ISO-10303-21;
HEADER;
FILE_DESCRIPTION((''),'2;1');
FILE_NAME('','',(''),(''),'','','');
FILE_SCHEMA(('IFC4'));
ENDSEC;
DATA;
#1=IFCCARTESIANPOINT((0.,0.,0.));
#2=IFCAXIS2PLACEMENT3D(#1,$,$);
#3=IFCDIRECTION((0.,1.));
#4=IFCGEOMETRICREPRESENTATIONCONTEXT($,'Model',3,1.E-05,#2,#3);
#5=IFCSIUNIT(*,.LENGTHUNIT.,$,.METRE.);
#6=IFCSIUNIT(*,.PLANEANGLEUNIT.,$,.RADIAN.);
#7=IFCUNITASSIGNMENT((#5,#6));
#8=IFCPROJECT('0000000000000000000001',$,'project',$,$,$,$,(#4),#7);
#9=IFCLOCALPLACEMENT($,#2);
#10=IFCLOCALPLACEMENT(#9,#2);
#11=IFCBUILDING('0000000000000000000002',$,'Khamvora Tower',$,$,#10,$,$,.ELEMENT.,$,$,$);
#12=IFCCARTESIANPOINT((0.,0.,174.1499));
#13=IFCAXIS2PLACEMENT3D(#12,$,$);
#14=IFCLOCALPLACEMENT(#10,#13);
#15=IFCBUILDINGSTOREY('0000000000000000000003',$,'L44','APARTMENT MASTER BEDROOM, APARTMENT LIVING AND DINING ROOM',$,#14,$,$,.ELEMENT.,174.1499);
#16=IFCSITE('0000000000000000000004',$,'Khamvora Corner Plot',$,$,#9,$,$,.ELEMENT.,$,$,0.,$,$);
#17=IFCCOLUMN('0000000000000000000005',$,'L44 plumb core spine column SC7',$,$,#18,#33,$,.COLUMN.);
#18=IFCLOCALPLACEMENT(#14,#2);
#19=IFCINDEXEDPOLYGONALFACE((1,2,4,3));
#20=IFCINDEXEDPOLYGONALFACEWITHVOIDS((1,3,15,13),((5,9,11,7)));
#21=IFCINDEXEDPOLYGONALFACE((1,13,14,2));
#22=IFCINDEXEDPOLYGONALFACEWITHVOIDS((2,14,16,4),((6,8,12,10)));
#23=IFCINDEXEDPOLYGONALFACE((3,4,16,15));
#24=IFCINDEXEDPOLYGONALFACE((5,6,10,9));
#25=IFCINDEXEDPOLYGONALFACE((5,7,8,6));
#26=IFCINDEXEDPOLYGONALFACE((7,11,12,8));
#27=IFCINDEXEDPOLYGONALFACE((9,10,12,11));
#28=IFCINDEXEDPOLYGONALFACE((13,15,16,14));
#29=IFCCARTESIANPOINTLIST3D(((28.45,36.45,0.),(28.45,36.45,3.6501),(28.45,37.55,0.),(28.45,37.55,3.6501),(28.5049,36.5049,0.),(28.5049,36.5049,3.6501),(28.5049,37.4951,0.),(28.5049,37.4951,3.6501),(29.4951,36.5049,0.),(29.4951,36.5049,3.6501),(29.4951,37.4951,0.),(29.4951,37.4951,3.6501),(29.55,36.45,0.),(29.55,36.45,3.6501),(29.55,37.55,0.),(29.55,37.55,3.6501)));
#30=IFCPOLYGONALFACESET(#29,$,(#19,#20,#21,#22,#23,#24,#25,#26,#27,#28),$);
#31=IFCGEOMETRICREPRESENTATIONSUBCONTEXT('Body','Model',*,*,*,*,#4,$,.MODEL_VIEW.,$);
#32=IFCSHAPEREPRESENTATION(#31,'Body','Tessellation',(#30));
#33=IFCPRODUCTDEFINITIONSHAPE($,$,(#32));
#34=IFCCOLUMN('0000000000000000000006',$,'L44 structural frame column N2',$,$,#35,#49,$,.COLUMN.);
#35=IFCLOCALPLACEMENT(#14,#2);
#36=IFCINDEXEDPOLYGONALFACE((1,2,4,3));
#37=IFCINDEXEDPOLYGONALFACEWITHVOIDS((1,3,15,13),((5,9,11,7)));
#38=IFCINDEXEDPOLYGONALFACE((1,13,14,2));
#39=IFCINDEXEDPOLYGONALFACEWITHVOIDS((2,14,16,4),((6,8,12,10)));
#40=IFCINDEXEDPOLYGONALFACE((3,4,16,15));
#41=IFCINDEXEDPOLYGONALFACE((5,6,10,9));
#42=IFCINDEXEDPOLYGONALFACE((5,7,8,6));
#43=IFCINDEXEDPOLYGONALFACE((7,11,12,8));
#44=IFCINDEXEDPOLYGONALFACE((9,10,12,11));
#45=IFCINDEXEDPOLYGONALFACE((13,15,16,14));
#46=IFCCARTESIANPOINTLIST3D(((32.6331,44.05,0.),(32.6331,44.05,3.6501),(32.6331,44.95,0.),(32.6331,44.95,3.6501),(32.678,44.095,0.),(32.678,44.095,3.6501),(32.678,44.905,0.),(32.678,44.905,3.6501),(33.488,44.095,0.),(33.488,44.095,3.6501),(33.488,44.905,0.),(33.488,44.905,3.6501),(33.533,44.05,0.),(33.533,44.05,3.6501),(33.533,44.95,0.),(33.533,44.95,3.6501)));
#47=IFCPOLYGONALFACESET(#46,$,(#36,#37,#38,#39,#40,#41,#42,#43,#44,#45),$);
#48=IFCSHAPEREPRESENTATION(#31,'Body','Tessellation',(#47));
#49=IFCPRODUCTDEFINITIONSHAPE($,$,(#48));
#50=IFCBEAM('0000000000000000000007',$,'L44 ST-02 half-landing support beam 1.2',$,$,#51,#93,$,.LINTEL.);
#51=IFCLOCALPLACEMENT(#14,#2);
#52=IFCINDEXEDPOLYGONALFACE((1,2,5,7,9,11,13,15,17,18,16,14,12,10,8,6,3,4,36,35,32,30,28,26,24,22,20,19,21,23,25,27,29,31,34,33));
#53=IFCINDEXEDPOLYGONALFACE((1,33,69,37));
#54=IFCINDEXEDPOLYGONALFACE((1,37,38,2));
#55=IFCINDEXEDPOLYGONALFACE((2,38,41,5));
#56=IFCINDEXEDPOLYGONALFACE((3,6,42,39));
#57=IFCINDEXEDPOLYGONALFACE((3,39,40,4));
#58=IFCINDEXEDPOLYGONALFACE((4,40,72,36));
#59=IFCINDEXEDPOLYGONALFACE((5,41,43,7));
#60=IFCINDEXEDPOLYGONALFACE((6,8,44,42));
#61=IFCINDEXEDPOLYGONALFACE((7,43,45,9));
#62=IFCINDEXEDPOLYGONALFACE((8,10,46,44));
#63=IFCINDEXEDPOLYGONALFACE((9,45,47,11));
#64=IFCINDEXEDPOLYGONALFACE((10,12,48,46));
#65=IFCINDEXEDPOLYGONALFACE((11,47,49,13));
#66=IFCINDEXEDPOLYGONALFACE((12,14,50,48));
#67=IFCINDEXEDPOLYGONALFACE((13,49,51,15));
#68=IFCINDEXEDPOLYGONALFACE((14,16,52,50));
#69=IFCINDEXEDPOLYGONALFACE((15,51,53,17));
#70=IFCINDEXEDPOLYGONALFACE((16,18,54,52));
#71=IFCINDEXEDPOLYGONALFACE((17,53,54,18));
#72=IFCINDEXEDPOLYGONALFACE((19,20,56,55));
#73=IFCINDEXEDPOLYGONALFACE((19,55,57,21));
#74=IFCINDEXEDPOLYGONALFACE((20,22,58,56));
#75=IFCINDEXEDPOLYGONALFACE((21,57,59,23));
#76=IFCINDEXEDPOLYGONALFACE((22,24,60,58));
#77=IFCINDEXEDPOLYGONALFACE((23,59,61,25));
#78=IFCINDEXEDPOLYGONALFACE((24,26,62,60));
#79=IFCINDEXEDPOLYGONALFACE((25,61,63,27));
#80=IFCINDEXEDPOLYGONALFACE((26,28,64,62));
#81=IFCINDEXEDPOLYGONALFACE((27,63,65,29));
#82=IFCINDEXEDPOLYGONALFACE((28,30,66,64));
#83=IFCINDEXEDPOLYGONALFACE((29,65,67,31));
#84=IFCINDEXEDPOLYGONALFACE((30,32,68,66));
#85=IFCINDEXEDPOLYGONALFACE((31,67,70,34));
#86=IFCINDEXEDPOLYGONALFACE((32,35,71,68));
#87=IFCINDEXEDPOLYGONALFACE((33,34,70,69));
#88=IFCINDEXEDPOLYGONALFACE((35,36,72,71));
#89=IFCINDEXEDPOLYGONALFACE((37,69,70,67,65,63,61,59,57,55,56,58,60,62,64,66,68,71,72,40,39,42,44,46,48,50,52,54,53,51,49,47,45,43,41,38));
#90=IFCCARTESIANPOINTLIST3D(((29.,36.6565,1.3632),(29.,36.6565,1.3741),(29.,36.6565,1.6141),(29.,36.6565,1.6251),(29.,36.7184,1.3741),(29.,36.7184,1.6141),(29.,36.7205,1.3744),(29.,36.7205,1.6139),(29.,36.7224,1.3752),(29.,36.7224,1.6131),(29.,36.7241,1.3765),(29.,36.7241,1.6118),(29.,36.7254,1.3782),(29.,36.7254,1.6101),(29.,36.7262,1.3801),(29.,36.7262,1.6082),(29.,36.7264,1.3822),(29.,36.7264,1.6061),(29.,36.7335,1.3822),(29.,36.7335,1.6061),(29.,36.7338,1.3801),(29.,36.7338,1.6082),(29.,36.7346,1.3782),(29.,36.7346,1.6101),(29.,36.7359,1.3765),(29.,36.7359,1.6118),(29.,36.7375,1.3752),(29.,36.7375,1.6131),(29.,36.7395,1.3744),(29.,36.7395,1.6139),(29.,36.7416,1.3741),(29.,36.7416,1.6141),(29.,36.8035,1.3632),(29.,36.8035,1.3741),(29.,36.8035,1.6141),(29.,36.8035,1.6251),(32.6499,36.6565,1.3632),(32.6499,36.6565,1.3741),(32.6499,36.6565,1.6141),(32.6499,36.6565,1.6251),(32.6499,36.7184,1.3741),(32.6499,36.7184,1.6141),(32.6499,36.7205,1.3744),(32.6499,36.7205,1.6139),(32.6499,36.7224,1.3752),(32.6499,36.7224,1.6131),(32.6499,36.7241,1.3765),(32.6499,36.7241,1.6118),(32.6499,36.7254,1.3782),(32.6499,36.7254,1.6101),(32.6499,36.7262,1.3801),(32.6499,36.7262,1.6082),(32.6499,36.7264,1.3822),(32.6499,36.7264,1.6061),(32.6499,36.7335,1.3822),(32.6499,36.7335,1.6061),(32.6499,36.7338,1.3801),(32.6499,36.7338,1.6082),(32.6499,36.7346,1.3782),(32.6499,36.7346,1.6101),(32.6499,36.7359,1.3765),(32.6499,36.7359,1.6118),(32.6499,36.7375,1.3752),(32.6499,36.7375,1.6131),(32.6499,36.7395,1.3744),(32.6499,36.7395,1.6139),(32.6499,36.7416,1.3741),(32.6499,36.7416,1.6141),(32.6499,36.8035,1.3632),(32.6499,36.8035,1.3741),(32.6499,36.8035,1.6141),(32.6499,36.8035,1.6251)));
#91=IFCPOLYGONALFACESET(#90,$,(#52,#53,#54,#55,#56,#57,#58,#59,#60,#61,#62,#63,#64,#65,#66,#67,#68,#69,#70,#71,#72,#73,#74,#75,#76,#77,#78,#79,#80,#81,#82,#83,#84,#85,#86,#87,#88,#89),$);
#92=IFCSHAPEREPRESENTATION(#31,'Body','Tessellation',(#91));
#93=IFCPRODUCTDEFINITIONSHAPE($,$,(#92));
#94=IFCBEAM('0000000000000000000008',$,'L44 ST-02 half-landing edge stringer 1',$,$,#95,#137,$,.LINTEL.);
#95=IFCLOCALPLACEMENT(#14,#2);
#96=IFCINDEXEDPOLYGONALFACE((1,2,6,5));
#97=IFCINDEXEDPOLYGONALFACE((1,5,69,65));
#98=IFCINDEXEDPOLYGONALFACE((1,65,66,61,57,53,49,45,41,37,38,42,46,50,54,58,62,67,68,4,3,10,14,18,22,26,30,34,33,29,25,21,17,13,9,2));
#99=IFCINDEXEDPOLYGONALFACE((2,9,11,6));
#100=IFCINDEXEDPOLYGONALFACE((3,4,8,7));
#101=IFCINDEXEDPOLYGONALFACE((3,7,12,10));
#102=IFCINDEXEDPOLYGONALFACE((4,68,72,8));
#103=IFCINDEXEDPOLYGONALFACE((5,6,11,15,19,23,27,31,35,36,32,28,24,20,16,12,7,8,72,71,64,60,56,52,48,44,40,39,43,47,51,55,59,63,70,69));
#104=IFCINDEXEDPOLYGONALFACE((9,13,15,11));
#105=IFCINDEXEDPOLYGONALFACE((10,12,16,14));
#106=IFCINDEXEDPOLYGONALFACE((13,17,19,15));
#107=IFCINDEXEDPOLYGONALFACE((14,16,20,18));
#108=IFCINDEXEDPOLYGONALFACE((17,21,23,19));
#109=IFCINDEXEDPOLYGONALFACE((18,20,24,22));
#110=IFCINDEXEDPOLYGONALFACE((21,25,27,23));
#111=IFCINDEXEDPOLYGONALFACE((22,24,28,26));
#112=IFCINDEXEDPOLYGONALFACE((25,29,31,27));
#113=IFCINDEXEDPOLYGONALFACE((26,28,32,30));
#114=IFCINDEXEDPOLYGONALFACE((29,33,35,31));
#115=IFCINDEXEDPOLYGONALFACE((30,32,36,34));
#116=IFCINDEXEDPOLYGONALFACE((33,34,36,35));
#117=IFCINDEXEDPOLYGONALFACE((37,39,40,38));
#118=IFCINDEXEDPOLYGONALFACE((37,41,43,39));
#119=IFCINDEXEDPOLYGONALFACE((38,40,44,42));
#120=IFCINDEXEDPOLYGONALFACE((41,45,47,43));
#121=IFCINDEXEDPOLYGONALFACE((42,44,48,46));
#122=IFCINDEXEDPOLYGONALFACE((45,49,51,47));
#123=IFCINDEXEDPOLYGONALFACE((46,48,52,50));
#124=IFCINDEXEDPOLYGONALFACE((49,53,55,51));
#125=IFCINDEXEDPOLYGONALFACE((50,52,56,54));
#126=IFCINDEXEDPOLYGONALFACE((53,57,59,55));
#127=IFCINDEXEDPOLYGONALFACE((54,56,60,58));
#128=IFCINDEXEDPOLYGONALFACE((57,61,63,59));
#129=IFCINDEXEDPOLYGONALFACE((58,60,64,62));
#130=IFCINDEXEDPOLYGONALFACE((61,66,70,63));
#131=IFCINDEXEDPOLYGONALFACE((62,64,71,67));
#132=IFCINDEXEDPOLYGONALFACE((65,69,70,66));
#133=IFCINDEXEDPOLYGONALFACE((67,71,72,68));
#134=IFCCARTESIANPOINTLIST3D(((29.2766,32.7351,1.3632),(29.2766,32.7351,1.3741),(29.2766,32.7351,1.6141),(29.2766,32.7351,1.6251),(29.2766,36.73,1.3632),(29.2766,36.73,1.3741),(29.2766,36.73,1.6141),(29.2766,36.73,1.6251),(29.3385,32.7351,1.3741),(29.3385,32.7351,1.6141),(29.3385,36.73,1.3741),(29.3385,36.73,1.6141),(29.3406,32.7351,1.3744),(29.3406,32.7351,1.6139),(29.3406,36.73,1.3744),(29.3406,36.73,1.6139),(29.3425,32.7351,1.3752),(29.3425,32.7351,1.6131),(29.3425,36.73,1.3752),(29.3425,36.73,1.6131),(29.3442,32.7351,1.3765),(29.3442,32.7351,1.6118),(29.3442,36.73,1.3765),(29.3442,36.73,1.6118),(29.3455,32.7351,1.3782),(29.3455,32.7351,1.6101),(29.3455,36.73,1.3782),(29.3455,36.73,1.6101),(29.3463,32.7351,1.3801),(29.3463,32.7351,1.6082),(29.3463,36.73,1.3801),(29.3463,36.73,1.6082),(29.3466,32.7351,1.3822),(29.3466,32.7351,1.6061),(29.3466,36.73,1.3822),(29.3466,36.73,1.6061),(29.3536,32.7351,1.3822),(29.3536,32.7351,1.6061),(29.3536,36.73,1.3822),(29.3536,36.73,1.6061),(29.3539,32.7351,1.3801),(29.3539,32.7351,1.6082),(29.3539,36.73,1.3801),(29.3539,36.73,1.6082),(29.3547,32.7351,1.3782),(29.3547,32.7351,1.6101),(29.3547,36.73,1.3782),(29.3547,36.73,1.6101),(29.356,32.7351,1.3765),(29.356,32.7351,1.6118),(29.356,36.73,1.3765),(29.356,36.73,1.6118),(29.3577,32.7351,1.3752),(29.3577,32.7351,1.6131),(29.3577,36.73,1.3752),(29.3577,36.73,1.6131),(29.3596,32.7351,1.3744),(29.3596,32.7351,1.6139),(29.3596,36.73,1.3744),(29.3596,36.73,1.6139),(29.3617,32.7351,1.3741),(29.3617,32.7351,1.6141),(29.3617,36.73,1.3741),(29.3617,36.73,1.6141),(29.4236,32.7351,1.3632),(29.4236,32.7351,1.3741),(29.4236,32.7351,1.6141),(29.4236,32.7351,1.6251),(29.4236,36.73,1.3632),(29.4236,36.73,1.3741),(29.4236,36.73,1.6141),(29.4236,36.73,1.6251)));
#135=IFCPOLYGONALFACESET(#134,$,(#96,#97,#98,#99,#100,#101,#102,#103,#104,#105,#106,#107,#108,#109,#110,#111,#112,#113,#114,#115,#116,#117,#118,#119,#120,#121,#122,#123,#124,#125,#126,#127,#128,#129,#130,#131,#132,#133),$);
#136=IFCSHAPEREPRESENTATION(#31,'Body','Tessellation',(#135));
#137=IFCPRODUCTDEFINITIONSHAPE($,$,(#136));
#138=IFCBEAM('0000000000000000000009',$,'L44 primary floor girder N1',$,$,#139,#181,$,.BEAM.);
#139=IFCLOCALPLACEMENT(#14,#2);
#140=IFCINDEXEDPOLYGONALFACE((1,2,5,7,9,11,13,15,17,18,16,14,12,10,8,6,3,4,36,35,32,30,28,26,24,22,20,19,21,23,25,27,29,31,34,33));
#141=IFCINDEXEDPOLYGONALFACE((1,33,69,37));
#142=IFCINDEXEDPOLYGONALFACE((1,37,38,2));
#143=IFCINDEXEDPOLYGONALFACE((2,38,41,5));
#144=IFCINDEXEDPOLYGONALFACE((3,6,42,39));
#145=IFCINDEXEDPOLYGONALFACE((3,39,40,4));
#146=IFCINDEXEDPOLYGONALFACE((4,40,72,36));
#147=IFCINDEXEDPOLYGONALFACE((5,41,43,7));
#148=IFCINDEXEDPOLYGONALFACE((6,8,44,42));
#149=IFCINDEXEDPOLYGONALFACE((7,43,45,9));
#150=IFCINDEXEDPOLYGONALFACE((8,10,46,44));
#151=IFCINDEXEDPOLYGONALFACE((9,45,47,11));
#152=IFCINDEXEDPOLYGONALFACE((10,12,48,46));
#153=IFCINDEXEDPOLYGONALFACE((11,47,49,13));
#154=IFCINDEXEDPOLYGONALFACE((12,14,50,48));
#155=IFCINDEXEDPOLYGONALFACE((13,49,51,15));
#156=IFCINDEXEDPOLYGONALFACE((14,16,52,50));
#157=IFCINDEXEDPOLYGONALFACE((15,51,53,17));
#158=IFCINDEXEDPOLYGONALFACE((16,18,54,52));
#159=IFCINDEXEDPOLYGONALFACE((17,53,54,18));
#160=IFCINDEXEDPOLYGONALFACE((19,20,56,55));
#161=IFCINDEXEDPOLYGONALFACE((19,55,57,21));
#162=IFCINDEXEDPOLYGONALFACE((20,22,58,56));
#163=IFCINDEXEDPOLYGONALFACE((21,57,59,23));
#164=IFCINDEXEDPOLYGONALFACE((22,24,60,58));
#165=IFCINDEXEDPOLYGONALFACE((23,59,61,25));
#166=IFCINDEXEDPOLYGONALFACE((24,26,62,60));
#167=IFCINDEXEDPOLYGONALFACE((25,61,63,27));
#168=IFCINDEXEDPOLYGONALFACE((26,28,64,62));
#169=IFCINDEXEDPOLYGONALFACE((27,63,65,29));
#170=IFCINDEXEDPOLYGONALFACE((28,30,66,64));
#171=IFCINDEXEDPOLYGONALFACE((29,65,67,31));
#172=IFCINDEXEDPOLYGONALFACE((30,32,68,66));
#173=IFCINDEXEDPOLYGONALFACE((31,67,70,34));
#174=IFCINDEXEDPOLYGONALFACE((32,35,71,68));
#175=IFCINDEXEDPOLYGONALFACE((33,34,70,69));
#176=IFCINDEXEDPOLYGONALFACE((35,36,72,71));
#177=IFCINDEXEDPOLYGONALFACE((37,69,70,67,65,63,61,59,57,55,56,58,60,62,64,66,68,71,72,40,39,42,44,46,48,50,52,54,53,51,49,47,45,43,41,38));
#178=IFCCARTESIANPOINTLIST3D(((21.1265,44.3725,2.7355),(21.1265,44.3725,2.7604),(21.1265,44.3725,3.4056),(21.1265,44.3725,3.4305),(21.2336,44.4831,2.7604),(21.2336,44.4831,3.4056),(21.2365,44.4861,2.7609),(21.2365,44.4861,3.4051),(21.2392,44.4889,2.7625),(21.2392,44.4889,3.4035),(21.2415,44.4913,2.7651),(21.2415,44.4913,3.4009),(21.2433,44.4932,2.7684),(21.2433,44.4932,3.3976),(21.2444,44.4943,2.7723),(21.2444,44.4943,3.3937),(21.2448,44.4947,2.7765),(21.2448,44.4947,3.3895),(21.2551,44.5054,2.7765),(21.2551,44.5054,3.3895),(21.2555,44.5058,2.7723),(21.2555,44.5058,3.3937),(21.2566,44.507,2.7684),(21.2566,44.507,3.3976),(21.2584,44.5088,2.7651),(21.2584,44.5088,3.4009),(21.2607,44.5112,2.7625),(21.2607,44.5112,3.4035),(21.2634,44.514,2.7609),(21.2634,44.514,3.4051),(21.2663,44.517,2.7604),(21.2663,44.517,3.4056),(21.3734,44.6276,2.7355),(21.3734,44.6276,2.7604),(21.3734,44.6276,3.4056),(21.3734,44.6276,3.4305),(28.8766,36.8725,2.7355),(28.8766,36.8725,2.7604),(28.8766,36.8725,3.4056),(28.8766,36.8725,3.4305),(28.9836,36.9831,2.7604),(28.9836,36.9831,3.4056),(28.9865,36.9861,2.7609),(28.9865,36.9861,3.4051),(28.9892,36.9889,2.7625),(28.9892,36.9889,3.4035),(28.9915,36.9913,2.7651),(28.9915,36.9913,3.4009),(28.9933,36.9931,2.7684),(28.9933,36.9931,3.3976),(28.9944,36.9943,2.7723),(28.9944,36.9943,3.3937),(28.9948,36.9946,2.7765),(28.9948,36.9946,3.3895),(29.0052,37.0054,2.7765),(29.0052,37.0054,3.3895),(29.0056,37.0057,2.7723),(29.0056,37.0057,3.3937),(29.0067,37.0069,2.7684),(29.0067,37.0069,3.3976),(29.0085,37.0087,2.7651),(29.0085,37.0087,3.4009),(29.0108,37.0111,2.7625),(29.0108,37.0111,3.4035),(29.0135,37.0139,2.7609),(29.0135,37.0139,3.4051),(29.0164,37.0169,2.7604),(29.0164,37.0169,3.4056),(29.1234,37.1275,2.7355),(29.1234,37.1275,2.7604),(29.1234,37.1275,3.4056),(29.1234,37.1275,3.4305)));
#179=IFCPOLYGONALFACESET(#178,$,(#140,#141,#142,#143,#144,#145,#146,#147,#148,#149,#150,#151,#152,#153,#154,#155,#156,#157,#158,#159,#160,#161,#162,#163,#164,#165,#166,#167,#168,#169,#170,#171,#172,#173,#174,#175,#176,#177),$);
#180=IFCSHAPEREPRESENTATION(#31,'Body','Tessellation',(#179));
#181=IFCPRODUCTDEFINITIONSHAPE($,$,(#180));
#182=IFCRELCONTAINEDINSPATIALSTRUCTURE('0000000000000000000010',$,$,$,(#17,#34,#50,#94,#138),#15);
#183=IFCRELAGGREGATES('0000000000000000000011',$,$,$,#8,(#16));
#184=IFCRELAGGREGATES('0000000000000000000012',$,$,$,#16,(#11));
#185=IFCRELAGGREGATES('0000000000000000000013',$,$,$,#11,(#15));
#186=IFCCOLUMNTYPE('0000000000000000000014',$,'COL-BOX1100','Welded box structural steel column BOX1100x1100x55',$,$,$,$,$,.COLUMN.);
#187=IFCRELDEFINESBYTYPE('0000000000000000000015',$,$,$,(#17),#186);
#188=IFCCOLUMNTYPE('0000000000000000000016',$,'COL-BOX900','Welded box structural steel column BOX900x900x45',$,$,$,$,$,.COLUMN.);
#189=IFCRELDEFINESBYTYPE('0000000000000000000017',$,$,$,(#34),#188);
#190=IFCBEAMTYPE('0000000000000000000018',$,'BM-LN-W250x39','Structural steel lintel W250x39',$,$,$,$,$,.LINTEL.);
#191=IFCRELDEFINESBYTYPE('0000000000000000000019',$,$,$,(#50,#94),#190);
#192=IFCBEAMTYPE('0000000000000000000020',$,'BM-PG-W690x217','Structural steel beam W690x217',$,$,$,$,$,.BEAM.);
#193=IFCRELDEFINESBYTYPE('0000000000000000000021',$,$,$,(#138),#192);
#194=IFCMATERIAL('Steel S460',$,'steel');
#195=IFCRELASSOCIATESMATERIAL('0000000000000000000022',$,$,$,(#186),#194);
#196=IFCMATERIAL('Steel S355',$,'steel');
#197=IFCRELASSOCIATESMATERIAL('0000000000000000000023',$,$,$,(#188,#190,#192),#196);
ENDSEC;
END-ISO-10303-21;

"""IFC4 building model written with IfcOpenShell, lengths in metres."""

from ifc_helpers import new_model, si_unit, direction, frame, origin, origin_2d, place, context, subcontext, project, spatial, hollow_rectangle, i_section, extrude, material, material_profile, profile_set, type_object, element, save


model = new_model("IFC4")

# Units and contexts
model_context = context("Model", 3, precision=1e-05, world=origin(), true_north=direction((0.0, 1.0)))
body_context = subcontext(model_context, "Body", "Model", "MODEL_VIEW")
ifc_project = project(units=[si_unit("LENGTHUNIT", "METRE"), si_unit("PLANEANGLEUNIT", "RADIAN")], contexts=[model_context])

# Site, building, storey
site_placement = place(None, origin())
site = spatial("IfcSite", under=ifc_project, at=site_placement, Name="Khamvora Corner Plot", CompositionType="ELEMENT", RefElevation=0.0)
building_placement = place(site_placement, origin())
building = spatial("IfcBuilding", under=site, at=building_placement, Name="Khamvora Tower", CompositionType="ELEMENT")
storey_placement = place(building_placement, frame((0.0, 0.0, 174.1499)))
storey = spatial("IfcBuildingStorey", under=building, at=storey_placement, Name="L44", Description="APARTMENT MASTER BEDROOM, APARTMENT LIVING AND DINING ROOM", CompositionType="ELEMENT", Elevation=174.1499)

# Columns
ifc_material_1 = material(Name="Steel S460", Category="steel")
ifc_material_profile_1 = material_profile(ifc_material_1, hollow_rectangle(XDim=1.1001, YDim=1.1001, WallThickness=0.0549, at=origin_2d()), Name="BOX1100x1100x55")
ifc_profile_set_1 = profile_set([ifc_material_profile_1], Name="Steel S460")
column_type_1 = type_object("IfcColumnType", Name="COL-BOX1100", Description="Welded box structural steel column BOX1100x1100x55", PredefinedType="COLUMN", material=ifc_profile_set_1)
column_1_placement = place(storey_placement, frame((29.0, 37.0, 0.0), z_axis=(0.0, 0.0, 1.0), x_axis=(1.0, 0.0, 0.0)))
element("IfcColumn", 1, at=column_1_placement, inside=storey, type_object=column_type_1, Name="L44 plumb core spine column SC7", PredefinedType="COLUMN", context=body_context, shape_type="SweptSolid", body=[
    extrude(hollow_rectangle(XDim=1.1001, YDim=1.1001, WallThickness=0.0549, at=origin_2d()), origin(), (0.0, 0.0, 1.0), 3.6501),
])
ifc_material_2 = material(Name="Steel S355", Category="steel")
ifc_material_profile_2 = material_profile(ifc_material_2, hollow_rectangle(XDim=0.8999, YDim=0.8999, WallThickness=0.0449, at=origin_2d()), Name="BOX900x900x45")
ifc_profile_set_2 = profile_set([ifc_material_profile_2], Name="Steel S355")
column_type_2 = type_object("IfcColumnType", Name="COL-BOX900", Description="Welded box structural steel column BOX900x900x45", PredefinedType="COLUMN", material=ifc_profile_set_2)
column_2_placement = place(storey_placement, frame((33.083, 44.5, 0.0), z_axis=(0.0, 0.0, 1.0), x_axis=(1.0, 0.0, 0.0)))
element("IfcColumn", 2, at=column_2_placement, inside=storey, type_object=column_type_2, Name="L44 structural frame column N2", PredefinedType="COLUMN", context=body_context, shape_type="SweptSolid", body=[
    extrude(hollow_rectangle(XDim=0.8999, YDim=0.8999, WallThickness=0.0449, at=origin_2d()), origin(), (0.0, 0.0, 1.0), 3.6501),
])

# Beams
ifc_material_profile_3 = material_profile(ifc_material_2, i_section(OverallWidth=0.147, OverallDepth=0.262, WebThickness=0.0071, FlangeThickness=0.011, FilletRadius=0.0081, at=origin_2d()), Name="W250x39")
ifc_profile_set_3 = profile_set([ifc_material_profile_3], Name="Steel S355")
beam_type_1 = type_object("IfcBeamType", Name="BM-LN-W250x39", Description="Structural steel lintel W250x39", PredefinedType="LINTEL", material=ifc_profile_set_3)
beam_1_placement = place(storey_placement, frame((29.0, 36.73, 1.4941), z_axis=(1.0, 0.0, 0.0), x_axis=(0.0, 1.0, 0.0)))
element("IfcBeam", 3, at=beam_1_placement, inside=storey, type_object=beam_type_1, Name="L44 ST-02 half-landing support beam 1.2", PredefinedType="LINTEL", context=body_context, shape_type="SweptSolid", body=[
    extrude(i_section(OverallWidth=0.147, OverallDepth=0.262, WebThickness=0.0071, FlangeThickness=0.011, FilletRadius=0.0081, at=origin_2d()), origin(), (0.0, 0.0, 1.0), 3.6499),
])
beam_2_placement = place(storey_placement, frame((29.3501, 32.7351, 1.4941), z_axis=(0.0, 1.0, 0.0), x_axis=(-1.0, 0.0, 0.0)))
element("IfcBeam", 4, at=beam_2_placement, inside=storey, type_object=beam_type_1, Name="L44 ST-02 half-landing edge stringer 1", PredefinedType="LINTEL", context=body_context, shape_type="SweptSolid", body=[
    extrude(i_section(OverallWidth=0.147, OverallDepth=0.262, WebThickness=0.0071, FlangeThickness=0.011, FilletRadius=0.0081, at=origin_2d()), origin(), (0.0, 0.0, 1.0), 3.9949),
])
ifc_material_profile_4 = material_profile(ifc_material_2, i_section(OverallWidth=0.355, OverallDepth=0.6951, WebThickness=0.0149, FlangeThickness=0.0249, FilletRadius=0.0161, at=origin_2d()), Name="W690x217")
ifc_profile_set_4 = profile_set([ifc_material_profile_4], Name="Steel S355")
beam_type_2 = type_object("IfcBeamType", Name="BM-PG-W690x217", Description="Structural steel beam W690x217", PredefinedType="BEAM", material=ifc_profile_set_4)
beam_3_placement = place(storey_placement, frame((29.0, 37.0, 3.083), z_axis=(-0.718602, 0.695421, 0.0), x_axis=(-0.695421, -0.718602, 0.0)))
element("IfcBeam", 5, at=beam_3_placement, inside=storey, type_object=beam_type_2, Name="L44 primary floor girder N1", PredefinedType="BEAM", context=body_context, shape_type="SweptSolid", body=[
    extrude(i_section(OverallWidth=0.355, OverallDepth=0.6951, WebThickness=0.0149, FlangeThickness=0.0249, FilletRadius=0.0161, at=origin_2d()), origin(), (0.0, 0.0, 1.0), 10.7849),
])

save(model, "model.ifc")
